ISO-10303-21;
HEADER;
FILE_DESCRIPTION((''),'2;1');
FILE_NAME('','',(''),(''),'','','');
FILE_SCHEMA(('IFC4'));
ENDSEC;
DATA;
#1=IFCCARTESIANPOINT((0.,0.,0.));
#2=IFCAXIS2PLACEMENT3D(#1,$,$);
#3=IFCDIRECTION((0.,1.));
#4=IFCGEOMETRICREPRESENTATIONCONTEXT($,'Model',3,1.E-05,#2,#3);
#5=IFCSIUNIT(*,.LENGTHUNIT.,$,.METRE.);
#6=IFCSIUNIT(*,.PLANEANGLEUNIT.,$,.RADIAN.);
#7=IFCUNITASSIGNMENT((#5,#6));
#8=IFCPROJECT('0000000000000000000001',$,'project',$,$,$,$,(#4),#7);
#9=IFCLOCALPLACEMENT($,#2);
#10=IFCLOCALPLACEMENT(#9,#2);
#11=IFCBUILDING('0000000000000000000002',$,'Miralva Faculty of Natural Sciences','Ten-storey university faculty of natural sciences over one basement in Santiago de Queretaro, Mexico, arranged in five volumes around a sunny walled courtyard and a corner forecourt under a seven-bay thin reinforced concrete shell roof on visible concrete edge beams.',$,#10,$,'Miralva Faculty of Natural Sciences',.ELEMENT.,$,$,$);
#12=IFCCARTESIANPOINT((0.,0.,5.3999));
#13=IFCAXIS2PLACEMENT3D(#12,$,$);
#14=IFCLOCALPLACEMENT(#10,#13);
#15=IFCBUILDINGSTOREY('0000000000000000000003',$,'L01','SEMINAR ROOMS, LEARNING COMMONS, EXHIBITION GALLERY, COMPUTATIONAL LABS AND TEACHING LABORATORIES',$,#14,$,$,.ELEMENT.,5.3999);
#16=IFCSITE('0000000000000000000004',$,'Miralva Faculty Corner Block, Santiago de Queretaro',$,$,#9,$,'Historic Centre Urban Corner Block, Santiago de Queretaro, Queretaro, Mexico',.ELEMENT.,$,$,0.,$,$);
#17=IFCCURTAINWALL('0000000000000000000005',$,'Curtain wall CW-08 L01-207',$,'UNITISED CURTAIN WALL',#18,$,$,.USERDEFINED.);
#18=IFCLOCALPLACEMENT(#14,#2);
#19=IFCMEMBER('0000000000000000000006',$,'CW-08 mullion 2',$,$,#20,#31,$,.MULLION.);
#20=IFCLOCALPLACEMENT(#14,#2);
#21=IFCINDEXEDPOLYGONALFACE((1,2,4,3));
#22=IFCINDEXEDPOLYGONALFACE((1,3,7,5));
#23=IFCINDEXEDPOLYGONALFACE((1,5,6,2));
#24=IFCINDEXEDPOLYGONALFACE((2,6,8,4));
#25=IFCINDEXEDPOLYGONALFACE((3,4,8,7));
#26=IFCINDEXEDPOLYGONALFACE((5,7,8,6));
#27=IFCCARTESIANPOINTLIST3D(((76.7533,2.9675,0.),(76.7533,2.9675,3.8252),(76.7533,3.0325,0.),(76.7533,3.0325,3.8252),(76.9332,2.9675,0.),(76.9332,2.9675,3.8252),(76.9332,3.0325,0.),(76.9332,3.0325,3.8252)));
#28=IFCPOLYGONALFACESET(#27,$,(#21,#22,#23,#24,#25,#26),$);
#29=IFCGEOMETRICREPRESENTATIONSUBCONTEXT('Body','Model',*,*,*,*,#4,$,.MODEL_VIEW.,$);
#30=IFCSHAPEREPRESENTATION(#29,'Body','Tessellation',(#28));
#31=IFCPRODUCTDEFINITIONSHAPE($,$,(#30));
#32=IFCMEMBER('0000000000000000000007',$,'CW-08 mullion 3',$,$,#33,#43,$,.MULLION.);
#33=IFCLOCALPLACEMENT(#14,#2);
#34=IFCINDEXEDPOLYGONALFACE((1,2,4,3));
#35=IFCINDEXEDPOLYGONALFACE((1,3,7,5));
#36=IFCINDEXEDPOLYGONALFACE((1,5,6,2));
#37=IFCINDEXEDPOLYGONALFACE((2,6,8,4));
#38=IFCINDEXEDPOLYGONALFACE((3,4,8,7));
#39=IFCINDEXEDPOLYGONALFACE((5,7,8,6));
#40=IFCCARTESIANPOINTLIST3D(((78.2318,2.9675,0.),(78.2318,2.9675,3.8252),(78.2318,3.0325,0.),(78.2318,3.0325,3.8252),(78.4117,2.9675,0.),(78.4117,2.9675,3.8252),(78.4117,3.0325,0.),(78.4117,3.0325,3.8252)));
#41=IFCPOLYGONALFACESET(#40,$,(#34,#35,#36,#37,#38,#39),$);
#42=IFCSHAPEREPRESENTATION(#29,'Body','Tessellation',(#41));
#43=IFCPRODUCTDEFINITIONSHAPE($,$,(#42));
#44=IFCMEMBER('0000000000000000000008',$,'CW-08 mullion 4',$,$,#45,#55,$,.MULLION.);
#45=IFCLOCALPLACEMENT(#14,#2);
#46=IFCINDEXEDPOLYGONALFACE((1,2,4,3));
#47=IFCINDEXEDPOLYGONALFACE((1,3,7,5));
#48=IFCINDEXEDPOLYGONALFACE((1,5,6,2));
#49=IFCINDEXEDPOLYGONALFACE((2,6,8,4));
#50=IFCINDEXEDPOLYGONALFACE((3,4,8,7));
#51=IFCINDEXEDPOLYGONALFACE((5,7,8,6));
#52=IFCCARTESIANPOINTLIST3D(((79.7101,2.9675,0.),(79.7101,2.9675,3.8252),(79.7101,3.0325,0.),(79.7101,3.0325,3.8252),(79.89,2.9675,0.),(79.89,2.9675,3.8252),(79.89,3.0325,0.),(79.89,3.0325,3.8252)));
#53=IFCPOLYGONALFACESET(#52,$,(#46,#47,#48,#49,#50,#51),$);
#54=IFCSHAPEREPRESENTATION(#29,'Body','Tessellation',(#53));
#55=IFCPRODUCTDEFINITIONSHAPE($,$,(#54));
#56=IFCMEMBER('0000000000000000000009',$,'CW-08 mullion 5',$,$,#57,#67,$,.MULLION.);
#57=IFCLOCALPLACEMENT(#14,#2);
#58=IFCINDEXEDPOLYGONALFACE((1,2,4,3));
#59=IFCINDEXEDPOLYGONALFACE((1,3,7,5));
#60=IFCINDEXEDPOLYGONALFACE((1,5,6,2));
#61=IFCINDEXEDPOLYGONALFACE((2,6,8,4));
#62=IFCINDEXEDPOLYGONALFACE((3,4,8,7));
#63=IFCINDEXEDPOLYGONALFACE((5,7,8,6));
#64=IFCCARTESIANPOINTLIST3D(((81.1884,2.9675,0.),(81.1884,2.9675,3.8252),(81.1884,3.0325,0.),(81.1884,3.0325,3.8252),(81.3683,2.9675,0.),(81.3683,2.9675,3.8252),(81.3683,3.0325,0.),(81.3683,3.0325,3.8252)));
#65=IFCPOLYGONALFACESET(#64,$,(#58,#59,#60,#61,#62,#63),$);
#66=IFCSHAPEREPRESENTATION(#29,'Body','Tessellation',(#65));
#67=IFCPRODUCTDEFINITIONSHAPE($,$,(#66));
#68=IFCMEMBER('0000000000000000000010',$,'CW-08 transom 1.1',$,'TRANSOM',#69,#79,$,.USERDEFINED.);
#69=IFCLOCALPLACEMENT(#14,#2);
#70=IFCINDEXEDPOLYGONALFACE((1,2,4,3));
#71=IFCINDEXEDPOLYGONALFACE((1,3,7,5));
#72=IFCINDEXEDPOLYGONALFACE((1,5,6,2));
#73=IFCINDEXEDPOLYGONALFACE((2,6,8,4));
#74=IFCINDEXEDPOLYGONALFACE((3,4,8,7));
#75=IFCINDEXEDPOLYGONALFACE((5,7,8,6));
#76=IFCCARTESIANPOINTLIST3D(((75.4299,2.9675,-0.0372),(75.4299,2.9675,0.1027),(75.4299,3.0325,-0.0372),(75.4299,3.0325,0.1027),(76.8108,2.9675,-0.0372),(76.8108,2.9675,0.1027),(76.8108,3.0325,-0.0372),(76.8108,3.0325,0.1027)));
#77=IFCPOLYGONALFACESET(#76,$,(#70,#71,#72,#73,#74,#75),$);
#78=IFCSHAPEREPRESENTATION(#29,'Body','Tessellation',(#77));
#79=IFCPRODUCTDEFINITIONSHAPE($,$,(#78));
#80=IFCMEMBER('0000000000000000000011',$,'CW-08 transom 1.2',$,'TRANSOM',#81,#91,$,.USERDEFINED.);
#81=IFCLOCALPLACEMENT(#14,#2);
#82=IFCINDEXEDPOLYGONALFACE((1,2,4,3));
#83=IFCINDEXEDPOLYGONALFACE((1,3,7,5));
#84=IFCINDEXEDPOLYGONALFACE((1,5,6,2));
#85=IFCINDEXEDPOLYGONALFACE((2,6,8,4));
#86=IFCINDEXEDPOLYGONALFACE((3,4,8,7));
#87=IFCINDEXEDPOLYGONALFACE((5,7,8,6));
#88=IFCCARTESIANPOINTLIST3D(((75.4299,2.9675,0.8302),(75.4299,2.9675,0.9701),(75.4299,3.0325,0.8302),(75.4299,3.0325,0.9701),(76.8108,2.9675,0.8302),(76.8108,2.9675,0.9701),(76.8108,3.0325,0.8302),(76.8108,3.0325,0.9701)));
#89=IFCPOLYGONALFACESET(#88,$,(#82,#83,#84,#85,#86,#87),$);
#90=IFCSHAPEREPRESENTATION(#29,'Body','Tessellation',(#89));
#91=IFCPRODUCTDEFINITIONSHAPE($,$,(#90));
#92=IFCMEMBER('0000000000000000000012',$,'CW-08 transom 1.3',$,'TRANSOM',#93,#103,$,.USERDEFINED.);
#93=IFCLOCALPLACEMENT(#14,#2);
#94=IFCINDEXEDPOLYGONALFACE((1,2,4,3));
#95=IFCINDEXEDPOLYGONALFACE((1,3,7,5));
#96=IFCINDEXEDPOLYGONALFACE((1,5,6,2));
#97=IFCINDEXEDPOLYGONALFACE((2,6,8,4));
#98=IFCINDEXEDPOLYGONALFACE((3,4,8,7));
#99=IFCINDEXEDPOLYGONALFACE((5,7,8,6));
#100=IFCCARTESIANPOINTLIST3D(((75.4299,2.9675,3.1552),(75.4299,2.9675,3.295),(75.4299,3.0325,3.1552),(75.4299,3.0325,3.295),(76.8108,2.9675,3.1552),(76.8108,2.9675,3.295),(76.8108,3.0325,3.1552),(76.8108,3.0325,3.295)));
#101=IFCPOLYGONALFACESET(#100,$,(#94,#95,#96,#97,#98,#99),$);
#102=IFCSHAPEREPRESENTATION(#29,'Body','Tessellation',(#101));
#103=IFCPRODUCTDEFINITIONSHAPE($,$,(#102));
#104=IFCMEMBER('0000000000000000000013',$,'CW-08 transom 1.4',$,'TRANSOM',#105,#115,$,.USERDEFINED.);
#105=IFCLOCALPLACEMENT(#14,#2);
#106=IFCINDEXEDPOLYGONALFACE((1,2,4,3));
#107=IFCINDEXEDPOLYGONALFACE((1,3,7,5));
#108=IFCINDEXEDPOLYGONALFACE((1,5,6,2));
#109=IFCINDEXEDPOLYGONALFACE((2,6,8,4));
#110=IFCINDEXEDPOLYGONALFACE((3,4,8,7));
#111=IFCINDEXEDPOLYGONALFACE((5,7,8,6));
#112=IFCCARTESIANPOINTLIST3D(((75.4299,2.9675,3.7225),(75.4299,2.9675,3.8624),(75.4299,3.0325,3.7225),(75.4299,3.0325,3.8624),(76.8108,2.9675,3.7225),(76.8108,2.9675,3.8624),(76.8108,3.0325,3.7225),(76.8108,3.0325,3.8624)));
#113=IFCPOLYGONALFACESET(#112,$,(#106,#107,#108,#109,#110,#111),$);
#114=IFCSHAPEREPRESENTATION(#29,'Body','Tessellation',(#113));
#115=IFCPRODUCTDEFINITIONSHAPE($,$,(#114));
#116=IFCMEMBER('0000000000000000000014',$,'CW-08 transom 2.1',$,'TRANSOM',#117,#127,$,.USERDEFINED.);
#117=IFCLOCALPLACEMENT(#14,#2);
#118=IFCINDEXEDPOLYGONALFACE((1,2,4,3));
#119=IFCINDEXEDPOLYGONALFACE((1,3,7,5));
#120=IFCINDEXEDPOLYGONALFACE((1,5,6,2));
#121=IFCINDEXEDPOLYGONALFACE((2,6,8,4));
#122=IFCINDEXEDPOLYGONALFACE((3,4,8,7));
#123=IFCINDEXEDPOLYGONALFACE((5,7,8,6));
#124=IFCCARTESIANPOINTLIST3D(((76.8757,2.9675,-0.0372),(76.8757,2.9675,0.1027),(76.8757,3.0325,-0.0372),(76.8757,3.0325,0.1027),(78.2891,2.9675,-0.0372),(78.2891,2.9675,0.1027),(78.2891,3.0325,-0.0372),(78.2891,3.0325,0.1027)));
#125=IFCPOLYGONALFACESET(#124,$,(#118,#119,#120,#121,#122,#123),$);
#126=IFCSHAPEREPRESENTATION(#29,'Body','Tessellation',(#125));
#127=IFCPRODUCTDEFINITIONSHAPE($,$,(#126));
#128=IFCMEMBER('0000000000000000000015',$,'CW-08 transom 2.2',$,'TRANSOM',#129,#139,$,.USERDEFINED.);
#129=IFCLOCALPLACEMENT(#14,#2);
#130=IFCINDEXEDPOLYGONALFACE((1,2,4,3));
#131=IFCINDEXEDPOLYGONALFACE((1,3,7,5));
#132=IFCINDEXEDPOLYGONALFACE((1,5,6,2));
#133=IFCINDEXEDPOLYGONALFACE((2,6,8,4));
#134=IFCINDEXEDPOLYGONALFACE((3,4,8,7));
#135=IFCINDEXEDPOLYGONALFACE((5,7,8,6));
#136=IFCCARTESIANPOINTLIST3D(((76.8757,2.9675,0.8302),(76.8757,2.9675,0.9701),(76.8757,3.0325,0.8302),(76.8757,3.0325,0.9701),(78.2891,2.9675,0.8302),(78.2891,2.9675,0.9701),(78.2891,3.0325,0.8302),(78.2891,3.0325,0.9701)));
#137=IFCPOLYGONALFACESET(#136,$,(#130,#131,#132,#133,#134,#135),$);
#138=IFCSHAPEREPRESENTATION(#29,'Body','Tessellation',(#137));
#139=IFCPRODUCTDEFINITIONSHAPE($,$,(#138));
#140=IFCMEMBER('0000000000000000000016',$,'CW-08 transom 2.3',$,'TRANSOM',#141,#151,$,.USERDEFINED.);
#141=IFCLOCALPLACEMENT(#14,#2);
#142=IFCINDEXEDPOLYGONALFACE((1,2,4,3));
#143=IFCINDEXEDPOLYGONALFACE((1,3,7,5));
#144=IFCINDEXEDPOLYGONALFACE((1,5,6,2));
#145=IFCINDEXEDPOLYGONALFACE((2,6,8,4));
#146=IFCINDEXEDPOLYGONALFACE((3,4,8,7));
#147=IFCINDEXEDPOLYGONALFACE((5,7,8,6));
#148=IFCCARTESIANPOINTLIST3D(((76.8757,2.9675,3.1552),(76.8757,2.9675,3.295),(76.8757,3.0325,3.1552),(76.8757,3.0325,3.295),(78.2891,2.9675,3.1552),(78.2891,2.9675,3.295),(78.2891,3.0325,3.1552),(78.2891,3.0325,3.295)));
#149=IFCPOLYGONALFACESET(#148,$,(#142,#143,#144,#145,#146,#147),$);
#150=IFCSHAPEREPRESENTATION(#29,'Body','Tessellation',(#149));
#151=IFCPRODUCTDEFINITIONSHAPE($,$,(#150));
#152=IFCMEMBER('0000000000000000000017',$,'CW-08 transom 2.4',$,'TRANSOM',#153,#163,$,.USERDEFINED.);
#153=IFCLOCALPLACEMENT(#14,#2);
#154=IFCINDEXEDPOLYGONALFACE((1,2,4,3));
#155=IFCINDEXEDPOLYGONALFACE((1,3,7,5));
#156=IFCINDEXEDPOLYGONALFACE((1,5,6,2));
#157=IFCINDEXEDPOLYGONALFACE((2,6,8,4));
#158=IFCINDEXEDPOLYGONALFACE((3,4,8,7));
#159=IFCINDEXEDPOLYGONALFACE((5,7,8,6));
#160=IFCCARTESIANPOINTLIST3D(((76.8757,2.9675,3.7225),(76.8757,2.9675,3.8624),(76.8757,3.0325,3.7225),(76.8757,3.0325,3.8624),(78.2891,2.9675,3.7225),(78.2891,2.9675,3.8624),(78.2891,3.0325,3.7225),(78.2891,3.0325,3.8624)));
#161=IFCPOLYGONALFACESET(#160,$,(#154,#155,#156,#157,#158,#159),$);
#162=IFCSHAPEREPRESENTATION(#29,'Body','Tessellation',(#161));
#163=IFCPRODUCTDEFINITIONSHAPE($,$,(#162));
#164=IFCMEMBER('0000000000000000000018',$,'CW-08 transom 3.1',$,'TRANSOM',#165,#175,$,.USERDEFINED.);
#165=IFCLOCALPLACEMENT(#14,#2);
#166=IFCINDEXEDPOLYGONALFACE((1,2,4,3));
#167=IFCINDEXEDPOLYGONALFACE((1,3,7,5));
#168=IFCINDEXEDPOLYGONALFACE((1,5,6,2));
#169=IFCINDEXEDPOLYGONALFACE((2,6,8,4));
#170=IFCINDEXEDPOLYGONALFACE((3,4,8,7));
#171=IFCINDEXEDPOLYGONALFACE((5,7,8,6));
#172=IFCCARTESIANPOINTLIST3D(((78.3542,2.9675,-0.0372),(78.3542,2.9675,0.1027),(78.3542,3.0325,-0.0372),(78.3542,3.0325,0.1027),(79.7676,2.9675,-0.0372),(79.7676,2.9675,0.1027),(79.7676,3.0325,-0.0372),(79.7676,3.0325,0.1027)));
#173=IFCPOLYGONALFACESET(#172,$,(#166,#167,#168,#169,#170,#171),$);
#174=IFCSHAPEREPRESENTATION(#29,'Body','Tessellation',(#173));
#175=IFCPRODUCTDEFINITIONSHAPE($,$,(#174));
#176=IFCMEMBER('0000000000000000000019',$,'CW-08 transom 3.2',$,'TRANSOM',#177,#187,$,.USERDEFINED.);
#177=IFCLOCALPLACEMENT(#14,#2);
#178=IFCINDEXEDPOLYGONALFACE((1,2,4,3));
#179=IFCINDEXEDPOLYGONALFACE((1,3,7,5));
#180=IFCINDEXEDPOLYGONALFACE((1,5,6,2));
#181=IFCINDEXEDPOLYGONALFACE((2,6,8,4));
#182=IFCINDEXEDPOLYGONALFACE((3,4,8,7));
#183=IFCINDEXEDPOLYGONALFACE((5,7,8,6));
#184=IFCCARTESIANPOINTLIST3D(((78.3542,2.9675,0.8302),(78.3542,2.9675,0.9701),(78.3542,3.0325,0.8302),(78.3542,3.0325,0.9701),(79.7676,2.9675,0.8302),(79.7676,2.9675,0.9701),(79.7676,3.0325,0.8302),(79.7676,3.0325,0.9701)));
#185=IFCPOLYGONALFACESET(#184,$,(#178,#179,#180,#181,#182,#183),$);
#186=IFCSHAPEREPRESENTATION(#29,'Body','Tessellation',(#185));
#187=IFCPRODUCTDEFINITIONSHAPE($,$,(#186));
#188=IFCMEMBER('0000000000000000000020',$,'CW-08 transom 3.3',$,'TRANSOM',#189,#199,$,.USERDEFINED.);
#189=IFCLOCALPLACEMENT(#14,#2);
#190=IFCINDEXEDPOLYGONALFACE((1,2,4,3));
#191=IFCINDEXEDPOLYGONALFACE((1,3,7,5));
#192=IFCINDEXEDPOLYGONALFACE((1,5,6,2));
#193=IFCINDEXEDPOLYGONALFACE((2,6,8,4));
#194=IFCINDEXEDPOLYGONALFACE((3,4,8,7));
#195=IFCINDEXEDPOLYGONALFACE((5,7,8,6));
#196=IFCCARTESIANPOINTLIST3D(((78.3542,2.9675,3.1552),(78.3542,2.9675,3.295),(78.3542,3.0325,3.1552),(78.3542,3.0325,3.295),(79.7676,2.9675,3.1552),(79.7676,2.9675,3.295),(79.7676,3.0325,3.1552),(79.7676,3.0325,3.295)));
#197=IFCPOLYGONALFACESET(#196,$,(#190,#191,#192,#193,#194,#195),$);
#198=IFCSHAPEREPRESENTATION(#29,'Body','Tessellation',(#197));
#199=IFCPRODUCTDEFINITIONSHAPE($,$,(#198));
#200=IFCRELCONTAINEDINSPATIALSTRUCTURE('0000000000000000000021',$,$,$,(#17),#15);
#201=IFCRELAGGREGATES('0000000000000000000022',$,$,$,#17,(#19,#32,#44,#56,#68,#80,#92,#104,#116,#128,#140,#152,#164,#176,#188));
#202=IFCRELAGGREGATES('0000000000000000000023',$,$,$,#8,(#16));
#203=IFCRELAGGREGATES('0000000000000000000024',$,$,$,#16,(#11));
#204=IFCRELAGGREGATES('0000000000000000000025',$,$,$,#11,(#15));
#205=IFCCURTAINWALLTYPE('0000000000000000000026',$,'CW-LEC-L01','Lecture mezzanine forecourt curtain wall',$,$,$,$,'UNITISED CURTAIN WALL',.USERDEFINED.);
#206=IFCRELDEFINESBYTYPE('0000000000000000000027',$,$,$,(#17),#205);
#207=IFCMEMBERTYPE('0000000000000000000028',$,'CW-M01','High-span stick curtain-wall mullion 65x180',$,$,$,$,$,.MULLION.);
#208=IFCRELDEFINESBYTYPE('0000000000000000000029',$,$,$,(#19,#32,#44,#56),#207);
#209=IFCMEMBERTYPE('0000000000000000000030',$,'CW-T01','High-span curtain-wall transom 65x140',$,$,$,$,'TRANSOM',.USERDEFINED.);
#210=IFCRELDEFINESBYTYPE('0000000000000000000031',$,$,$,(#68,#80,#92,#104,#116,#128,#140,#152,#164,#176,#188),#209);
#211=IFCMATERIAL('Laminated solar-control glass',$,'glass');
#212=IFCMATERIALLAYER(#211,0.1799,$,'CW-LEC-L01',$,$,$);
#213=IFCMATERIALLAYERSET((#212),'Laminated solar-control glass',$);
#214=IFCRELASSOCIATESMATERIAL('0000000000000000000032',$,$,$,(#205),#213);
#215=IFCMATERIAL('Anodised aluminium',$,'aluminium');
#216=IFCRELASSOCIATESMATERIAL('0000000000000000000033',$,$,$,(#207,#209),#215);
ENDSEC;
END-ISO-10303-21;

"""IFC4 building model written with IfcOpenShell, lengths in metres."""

from ifc_helpers import new_model, si_unit, direction, frame, origin, origin_2d, place, context, subcontext, project, spatial, rectangle, extrude, material, layer, layer_set, material_profile, profile_set, type_object, element, aggregate, save


model = new_model("IFC4")

# Units and contexts
model_context = context("Model", 3, precision=1e-05, world=origin(), true_north=direction((0.0, 1.0)))
body_context = subcontext(model_context, "Body", "Model", "MODEL_VIEW")
ifc_project = project(units=[si_unit("LENGTHUNIT", "METRE"), si_unit("PLANEANGLEUNIT", "RADIAN")], contexts=[model_context])

# Site, building, storey
site_placement = place(None, origin())
site = spatial("IfcSite", under=ifc_project, at=site_placement, Name="Miralva Faculty Corner Block, Santiago de Queretaro", LongName="Historic Centre Urban Corner Block, Santiago de Queretaro, Queretaro, Mexico", CompositionType="ELEMENT", RefElevation=0.0)
building_placement = place(site_placement, origin())
building = spatial("IfcBuilding", under=site, at=building_placement, Name="Miralva Faculty of Natural Sciences", Description="Ten-storey university faculty of natural sciences over one basement in Santiago de Queretaro, Mexico, arranged in five volumes around a sunny walled courtyard and a corner forecourt under a seven-bay thin reinforced concrete shell roof on visible concrete edge beams.", LongName="Miralva Faculty of Natural Sciences", CompositionType="ELEMENT")
storey_placement = place(building_placement, frame((0.0, 0.0, 5.3999)))
storey = spatial("IfcBuildingStorey", under=building, at=storey_placement, Name="L01", Description="SEMINAR ROOMS, LEARNING COMMONS, EXHIBITION GALLERY, COMPUTATIONAL LABS AND TEACHING LABORATORIES", CompositionType="ELEMENT", Elevation=5.3999)

# Curtain wall, members
ifc_material_1 = material(Name="Laminated solar-control glass", Category="glass")
ifc_layer_1 = layer(ifc_material_1, 0.1799, Name="CW-LEC-L01")
ifc_layer_set_1 = layer_set([ifc_layer_1], Name="Laminated solar-control glass")
curtain_wall_type = type_object("IfcCurtainWallType", Name="CW-LEC-L01", Description="Lecture mezzanine forecourt curtain wall", ElementType="UNITISED CURTAIN WALL", PredefinedType="USERDEFINED", material=ifc_layer_set_1)
curtain_wall_placement = place(storey_placement, origin())
curtain_wall = element("IfcCurtainWall", 1, at=curtain_wall_placement, inside=storey, type_object=curtain_wall_type, Name="Curtain wall CW-08 L01-207", ObjectType="UNITISED CURTAIN WALL", PredefinedType="USERDEFINED")
ifc_material_2 = material(Name="Anodised aluminium", Category="aluminium")
ifc_material_profile_1 = material_profile(ifc_material_2, rectangle(XDim=0.0649, YDim=0.1799, at=origin_2d()), Name="MULLION 65x180")
ifc_profile_set_1 = profile_set([ifc_material_profile_1], Name="Anodised aluminium")
member_type_1 = type_object("IfcMemberType", Name="CW-M01", Description="High-span stick curtain-wall mullion 65x180", PredefinedType="MULLION", material=ifc_profile_set_1)
member_1_placement = place(storey_placement, frame((76.8433, 3.0, 0.0), z_axis=(0.0, 0.0, 1.0), x_axis=(0.0, 1.0, 0.0)))
member_1 = element("IfcMember", 2, at=member_1_placement, type_object=member_type_1, Name="CW-08 mullion 2", PredefinedType="MULLION", context=body_context, shape_type="SweptSolid", body=[
    extrude(rectangle(XDim=0.0649, YDim=0.1799, at=origin_2d()), origin(), (0.0, 0.0, 1.0), 3.8252),
])
member_2_placement = place(storey_placement, frame((78.3218, 3.0, 0.0), z_axis=(0.0, 0.0, 1.0), x_axis=(0.0, 1.0, 0.0)))
member_2 = element("IfcMember", 3, at=member_2_placement, type_object=member_type_1, Name="CW-08 mullion 3", PredefinedType="MULLION", context=body_context, shape_type="SweptSolid", body=[
    extrude(rectangle(XDim=0.0649, YDim=0.1799, at=origin_2d()), origin(), (0.0, 0.0, 1.0), 3.8252),
])
member_3_placement = place(storey_placement, frame((79.8, 3.0, 0.0), z_axis=(0.0, 0.0, 1.0), x_axis=(0.0, 1.0, 0.0)))
member_3 = element("IfcMember", 4, at=member_3_placement, type_object=member_type_1, Name="CW-08 mullion 4", PredefinedType="MULLION", context=body_context, shape_type="SweptSolid", body=[
    extrude(rectangle(XDim=0.0649, YDim=0.1799, at=origin_2d()), origin(), (0.0, 0.0, 1.0), 3.8252),
])
member_4_placement = place(storey_placement, frame((81.2783, 3.0, 0.0), z_axis=(0.0, 0.0, 1.0), x_axis=(0.0, 1.0, 0.0)))
member_4 = element("IfcMember", 5, at=member_4_placement, type_object=member_type_1, Name="CW-08 mullion 5", PredefinedType="MULLION", context=body_context, shape_type="SweptSolid", body=[
    extrude(rectangle(XDim=0.0649, YDim=0.1799, at=origin_2d()), origin(), (0.0, 0.0, 1.0), 3.8252),
])
ifc_material_profile_2 = material_profile(ifc_material_2, rectangle(XDim=0.0649, YDim=0.1399, at=origin_2d()), Name="TRANSOM 65x140")
ifc_profile_set_2 = profile_set([ifc_material_profile_2], Name="Anodised aluminium")
member_type_2 = type_object("IfcMemberType", Name="CW-T01", Description="High-span curtain-wall transom 65x140", ElementType="TRANSOM", PredefinedType="USERDEFINED", material=ifc_profile_set_2)
member_5_placement = place(storey_placement, frame((75.4299, 3.0, 0.0327), z_axis=(1.0, 0.0, 0.0), x_axis=(0.0, 1.0, 0.0)))
member_5 = element("IfcMember", 6, at=member_5_placement, type_object=member_type_2, Name="CW-08 transom 1.1", ObjectType="TRANSOM", PredefinedType="USERDEFINED", context=body_context, shape_type="SweptSolid", body=[
    extrude(rectangle(XDim=0.0649, YDim=0.1399, at=origin_2d()), origin(), (0.0, 0.0, 1.0), 1.3809),
])
member_6_placement = place(storey_placement, frame((75.4299, 3.0, 0.9001), z_axis=(1.0, 0.0, 0.0), x_axis=(0.0, 1.0, 0.0)))
member_6 = element("IfcMember", 7, at=member_6_placement, type_object=member_type_2, Name="CW-08 transom 1.2", ObjectType="TRANSOM", PredefinedType="USERDEFINED", context=body_context, shape_type="SweptSolid", body=[
    extrude(rectangle(XDim=0.0649, YDim=0.1399, at=origin_2d()), origin(), (0.0, 0.0, 1.0), 1.3809),
])
member_7_placement = place(storey_placement, frame((75.4299, 3.0, 3.2251), z_axis=(1.0, 0.0, 0.0), x_axis=(0.0, 1.0, 0.0)))
member_7 = element("IfcMember", 8, at=member_7_placement, type_object=member_type_2, Name="CW-08 transom 1.3", ObjectType="TRANSOM", PredefinedType="USERDEFINED", context=body_context, shape_type="SweptSolid", body=[
    extrude(rectangle(XDim=0.0649, YDim=0.1399, at=origin_2d()), origin(), (0.0, 0.0, 1.0), 1.3809),
])
member_8_placement = place(storey_placement, frame((75.4299, 3.0, 3.7925), z_axis=(1.0, 0.0, 0.0), x_axis=(0.0, 1.0, 0.0)))
member_8 = element("IfcMember", 9, at=member_8_placement, type_object=member_type_2, Name="CW-08 transom 1.4", ObjectType="TRANSOM", PredefinedType="USERDEFINED", context=body_context, shape_type="SweptSolid", body=[
    extrude(rectangle(XDim=0.0649, YDim=0.1399, at=origin_2d()), origin(), (0.0, 0.0, 1.0), 1.3809),
])
member_9_placement = place(storey_placement, frame((76.8757, 3.0, 0.0327), z_axis=(1.0, 0.0, 0.0), x_axis=(0.0, 1.0, 0.0)))
member_9 = element("IfcMember", 10, at=member_9_placement, type_object=member_type_2, Name="CW-08 transom 2.1", ObjectType="TRANSOM", PredefinedType="USERDEFINED", context=body_context, shape_type="SweptSolid", body=[
    extrude(rectangle(XDim=0.0649, YDim=0.1399, at=origin_2d()), origin(), (0.0, 0.0, 1.0), 1.4133),
])
member_10_placement = place(storey_placement, frame((76.8757, 3.0, 0.9001), z_axis=(1.0, 0.0, 0.0), x_axis=(0.0, 1.0, 0.0)))
member_10 = element("IfcMember", 11, at=member_10_placement, type_object=member_type_2, Name="CW-08 transom 2.2", ObjectType="TRANSOM", PredefinedType="USERDEFINED", context=body_context, shape_type="SweptSolid", body=[
    extrude(rectangle(XDim=0.0649, YDim=0.1399, at=origin_2d()), origin(), (0.0, 0.0, 1.0), 1.4133),
])
member_11_placement = place(storey_placement, frame((76.8757, 3.0, 3.2251), z_axis=(1.0, 0.0, 0.0), x_axis=(0.0, 1.0, 0.0)))
member_11 = element("IfcMember", 12, at=member_11_placement, type_object=member_type_2, Name="CW-08 transom 2.3", ObjectType="TRANSOM", PredefinedType="USERDEFINED", context=body_context, shape_type="SweptSolid", body=[
    extrude(rectangle(XDim=0.0649, YDim=0.1399, at=origin_2d()), origin(), (0.0, 0.0, 1.0), 1.4133),
])
member_12_placement = place(storey_placement, frame((76.8757, 3.0, 3.7925), z_axis=(1.0, 0.0, 0.0), x_axis=(0.0, 1.0, 0.0)))
member_12 = element("IfcMember", 13, at=member_12_placement, type_object=member_type_2, Name="CW-08 transom 2.4", ObjectType="TRANSOM", PredefinedType="USERDEFINED", context=body_context, shape_type="SweptSolid", body=[
    extrude(rectangle(XDim=0.0649, YDim=0.1399, at=origin_2d()), origin(), (0.0, 0.0, 1.0), 1.4133),
])
member_13_placement = place(storey_placement, frame((78.3542, 3.0, 0.0327), z_axis=(1.0, 0.0, 0.0), x_axis=(0.0, 1.0, 0.0)))
member_13 = element("IfcMember", 14, at=member_13_placement, type_object=member_type_2, Name="CW-08 transom 3.1", ObjectType="TRANSOM", PredefinedType="USERDEFINED", context=body_context, shape_type="SweptSolid", body=[
    extrude(rectangle(XDim=0.0649, YDim=0.1399, at=origin_2d()), origin(), (0.0, 0.0, 1.0), 1.4133),
])
member_14_placement = place(storey_placement, frame((78.3542, 3.0, 0.9001), z_axis=(1.0, 0.0, 0.0), x_axis=(0.0, 1.0, 0.0)))
member_14 = element("IfcMember", 15, at=member_14_placement, type_object=member_type_2, Name="CW-08 transom 3.2", ObjectType="TRANSOM", PredefinedType="USERDEFINED", context=body_context, shape_type="SweptSolid", body=[
    extrude(rectangle(XDim=0.0649, YDim=0.1399, at=origin_2d()), origin(), (0.0, 0.0, 1.0), 1.4133),
])
member_15_placement = place(storey_placement, frame((78.3542, 3.0, 3.2251), z_axis=(1.0, 0.0, 0.0), x_axis=(0.0, 1.0, 0.0)))
member_15 = element("IfcMember", 16, at=member_15_placement, type_object=member_type_2, Name="CW-08 transom 3.3", ObjectType="TRANSOM", PredefinedType="USERDEFINED", context=body_context, shape_type="SweptSolid", body=[
    extrude(rectangle(XDim=0.0649, YDim=0.1399, at=origin_2d()), origin(), (0.0, 0.0, 1.0), 1.4133),
])
aggregate(curtain_wall, [member_1, member_2, member_3, member_4, member_5, member_6, member_7, member_8, member_9, member_10, member_11, member_12, member_13, member_14, member_15])

save(model, "model.ifc")
